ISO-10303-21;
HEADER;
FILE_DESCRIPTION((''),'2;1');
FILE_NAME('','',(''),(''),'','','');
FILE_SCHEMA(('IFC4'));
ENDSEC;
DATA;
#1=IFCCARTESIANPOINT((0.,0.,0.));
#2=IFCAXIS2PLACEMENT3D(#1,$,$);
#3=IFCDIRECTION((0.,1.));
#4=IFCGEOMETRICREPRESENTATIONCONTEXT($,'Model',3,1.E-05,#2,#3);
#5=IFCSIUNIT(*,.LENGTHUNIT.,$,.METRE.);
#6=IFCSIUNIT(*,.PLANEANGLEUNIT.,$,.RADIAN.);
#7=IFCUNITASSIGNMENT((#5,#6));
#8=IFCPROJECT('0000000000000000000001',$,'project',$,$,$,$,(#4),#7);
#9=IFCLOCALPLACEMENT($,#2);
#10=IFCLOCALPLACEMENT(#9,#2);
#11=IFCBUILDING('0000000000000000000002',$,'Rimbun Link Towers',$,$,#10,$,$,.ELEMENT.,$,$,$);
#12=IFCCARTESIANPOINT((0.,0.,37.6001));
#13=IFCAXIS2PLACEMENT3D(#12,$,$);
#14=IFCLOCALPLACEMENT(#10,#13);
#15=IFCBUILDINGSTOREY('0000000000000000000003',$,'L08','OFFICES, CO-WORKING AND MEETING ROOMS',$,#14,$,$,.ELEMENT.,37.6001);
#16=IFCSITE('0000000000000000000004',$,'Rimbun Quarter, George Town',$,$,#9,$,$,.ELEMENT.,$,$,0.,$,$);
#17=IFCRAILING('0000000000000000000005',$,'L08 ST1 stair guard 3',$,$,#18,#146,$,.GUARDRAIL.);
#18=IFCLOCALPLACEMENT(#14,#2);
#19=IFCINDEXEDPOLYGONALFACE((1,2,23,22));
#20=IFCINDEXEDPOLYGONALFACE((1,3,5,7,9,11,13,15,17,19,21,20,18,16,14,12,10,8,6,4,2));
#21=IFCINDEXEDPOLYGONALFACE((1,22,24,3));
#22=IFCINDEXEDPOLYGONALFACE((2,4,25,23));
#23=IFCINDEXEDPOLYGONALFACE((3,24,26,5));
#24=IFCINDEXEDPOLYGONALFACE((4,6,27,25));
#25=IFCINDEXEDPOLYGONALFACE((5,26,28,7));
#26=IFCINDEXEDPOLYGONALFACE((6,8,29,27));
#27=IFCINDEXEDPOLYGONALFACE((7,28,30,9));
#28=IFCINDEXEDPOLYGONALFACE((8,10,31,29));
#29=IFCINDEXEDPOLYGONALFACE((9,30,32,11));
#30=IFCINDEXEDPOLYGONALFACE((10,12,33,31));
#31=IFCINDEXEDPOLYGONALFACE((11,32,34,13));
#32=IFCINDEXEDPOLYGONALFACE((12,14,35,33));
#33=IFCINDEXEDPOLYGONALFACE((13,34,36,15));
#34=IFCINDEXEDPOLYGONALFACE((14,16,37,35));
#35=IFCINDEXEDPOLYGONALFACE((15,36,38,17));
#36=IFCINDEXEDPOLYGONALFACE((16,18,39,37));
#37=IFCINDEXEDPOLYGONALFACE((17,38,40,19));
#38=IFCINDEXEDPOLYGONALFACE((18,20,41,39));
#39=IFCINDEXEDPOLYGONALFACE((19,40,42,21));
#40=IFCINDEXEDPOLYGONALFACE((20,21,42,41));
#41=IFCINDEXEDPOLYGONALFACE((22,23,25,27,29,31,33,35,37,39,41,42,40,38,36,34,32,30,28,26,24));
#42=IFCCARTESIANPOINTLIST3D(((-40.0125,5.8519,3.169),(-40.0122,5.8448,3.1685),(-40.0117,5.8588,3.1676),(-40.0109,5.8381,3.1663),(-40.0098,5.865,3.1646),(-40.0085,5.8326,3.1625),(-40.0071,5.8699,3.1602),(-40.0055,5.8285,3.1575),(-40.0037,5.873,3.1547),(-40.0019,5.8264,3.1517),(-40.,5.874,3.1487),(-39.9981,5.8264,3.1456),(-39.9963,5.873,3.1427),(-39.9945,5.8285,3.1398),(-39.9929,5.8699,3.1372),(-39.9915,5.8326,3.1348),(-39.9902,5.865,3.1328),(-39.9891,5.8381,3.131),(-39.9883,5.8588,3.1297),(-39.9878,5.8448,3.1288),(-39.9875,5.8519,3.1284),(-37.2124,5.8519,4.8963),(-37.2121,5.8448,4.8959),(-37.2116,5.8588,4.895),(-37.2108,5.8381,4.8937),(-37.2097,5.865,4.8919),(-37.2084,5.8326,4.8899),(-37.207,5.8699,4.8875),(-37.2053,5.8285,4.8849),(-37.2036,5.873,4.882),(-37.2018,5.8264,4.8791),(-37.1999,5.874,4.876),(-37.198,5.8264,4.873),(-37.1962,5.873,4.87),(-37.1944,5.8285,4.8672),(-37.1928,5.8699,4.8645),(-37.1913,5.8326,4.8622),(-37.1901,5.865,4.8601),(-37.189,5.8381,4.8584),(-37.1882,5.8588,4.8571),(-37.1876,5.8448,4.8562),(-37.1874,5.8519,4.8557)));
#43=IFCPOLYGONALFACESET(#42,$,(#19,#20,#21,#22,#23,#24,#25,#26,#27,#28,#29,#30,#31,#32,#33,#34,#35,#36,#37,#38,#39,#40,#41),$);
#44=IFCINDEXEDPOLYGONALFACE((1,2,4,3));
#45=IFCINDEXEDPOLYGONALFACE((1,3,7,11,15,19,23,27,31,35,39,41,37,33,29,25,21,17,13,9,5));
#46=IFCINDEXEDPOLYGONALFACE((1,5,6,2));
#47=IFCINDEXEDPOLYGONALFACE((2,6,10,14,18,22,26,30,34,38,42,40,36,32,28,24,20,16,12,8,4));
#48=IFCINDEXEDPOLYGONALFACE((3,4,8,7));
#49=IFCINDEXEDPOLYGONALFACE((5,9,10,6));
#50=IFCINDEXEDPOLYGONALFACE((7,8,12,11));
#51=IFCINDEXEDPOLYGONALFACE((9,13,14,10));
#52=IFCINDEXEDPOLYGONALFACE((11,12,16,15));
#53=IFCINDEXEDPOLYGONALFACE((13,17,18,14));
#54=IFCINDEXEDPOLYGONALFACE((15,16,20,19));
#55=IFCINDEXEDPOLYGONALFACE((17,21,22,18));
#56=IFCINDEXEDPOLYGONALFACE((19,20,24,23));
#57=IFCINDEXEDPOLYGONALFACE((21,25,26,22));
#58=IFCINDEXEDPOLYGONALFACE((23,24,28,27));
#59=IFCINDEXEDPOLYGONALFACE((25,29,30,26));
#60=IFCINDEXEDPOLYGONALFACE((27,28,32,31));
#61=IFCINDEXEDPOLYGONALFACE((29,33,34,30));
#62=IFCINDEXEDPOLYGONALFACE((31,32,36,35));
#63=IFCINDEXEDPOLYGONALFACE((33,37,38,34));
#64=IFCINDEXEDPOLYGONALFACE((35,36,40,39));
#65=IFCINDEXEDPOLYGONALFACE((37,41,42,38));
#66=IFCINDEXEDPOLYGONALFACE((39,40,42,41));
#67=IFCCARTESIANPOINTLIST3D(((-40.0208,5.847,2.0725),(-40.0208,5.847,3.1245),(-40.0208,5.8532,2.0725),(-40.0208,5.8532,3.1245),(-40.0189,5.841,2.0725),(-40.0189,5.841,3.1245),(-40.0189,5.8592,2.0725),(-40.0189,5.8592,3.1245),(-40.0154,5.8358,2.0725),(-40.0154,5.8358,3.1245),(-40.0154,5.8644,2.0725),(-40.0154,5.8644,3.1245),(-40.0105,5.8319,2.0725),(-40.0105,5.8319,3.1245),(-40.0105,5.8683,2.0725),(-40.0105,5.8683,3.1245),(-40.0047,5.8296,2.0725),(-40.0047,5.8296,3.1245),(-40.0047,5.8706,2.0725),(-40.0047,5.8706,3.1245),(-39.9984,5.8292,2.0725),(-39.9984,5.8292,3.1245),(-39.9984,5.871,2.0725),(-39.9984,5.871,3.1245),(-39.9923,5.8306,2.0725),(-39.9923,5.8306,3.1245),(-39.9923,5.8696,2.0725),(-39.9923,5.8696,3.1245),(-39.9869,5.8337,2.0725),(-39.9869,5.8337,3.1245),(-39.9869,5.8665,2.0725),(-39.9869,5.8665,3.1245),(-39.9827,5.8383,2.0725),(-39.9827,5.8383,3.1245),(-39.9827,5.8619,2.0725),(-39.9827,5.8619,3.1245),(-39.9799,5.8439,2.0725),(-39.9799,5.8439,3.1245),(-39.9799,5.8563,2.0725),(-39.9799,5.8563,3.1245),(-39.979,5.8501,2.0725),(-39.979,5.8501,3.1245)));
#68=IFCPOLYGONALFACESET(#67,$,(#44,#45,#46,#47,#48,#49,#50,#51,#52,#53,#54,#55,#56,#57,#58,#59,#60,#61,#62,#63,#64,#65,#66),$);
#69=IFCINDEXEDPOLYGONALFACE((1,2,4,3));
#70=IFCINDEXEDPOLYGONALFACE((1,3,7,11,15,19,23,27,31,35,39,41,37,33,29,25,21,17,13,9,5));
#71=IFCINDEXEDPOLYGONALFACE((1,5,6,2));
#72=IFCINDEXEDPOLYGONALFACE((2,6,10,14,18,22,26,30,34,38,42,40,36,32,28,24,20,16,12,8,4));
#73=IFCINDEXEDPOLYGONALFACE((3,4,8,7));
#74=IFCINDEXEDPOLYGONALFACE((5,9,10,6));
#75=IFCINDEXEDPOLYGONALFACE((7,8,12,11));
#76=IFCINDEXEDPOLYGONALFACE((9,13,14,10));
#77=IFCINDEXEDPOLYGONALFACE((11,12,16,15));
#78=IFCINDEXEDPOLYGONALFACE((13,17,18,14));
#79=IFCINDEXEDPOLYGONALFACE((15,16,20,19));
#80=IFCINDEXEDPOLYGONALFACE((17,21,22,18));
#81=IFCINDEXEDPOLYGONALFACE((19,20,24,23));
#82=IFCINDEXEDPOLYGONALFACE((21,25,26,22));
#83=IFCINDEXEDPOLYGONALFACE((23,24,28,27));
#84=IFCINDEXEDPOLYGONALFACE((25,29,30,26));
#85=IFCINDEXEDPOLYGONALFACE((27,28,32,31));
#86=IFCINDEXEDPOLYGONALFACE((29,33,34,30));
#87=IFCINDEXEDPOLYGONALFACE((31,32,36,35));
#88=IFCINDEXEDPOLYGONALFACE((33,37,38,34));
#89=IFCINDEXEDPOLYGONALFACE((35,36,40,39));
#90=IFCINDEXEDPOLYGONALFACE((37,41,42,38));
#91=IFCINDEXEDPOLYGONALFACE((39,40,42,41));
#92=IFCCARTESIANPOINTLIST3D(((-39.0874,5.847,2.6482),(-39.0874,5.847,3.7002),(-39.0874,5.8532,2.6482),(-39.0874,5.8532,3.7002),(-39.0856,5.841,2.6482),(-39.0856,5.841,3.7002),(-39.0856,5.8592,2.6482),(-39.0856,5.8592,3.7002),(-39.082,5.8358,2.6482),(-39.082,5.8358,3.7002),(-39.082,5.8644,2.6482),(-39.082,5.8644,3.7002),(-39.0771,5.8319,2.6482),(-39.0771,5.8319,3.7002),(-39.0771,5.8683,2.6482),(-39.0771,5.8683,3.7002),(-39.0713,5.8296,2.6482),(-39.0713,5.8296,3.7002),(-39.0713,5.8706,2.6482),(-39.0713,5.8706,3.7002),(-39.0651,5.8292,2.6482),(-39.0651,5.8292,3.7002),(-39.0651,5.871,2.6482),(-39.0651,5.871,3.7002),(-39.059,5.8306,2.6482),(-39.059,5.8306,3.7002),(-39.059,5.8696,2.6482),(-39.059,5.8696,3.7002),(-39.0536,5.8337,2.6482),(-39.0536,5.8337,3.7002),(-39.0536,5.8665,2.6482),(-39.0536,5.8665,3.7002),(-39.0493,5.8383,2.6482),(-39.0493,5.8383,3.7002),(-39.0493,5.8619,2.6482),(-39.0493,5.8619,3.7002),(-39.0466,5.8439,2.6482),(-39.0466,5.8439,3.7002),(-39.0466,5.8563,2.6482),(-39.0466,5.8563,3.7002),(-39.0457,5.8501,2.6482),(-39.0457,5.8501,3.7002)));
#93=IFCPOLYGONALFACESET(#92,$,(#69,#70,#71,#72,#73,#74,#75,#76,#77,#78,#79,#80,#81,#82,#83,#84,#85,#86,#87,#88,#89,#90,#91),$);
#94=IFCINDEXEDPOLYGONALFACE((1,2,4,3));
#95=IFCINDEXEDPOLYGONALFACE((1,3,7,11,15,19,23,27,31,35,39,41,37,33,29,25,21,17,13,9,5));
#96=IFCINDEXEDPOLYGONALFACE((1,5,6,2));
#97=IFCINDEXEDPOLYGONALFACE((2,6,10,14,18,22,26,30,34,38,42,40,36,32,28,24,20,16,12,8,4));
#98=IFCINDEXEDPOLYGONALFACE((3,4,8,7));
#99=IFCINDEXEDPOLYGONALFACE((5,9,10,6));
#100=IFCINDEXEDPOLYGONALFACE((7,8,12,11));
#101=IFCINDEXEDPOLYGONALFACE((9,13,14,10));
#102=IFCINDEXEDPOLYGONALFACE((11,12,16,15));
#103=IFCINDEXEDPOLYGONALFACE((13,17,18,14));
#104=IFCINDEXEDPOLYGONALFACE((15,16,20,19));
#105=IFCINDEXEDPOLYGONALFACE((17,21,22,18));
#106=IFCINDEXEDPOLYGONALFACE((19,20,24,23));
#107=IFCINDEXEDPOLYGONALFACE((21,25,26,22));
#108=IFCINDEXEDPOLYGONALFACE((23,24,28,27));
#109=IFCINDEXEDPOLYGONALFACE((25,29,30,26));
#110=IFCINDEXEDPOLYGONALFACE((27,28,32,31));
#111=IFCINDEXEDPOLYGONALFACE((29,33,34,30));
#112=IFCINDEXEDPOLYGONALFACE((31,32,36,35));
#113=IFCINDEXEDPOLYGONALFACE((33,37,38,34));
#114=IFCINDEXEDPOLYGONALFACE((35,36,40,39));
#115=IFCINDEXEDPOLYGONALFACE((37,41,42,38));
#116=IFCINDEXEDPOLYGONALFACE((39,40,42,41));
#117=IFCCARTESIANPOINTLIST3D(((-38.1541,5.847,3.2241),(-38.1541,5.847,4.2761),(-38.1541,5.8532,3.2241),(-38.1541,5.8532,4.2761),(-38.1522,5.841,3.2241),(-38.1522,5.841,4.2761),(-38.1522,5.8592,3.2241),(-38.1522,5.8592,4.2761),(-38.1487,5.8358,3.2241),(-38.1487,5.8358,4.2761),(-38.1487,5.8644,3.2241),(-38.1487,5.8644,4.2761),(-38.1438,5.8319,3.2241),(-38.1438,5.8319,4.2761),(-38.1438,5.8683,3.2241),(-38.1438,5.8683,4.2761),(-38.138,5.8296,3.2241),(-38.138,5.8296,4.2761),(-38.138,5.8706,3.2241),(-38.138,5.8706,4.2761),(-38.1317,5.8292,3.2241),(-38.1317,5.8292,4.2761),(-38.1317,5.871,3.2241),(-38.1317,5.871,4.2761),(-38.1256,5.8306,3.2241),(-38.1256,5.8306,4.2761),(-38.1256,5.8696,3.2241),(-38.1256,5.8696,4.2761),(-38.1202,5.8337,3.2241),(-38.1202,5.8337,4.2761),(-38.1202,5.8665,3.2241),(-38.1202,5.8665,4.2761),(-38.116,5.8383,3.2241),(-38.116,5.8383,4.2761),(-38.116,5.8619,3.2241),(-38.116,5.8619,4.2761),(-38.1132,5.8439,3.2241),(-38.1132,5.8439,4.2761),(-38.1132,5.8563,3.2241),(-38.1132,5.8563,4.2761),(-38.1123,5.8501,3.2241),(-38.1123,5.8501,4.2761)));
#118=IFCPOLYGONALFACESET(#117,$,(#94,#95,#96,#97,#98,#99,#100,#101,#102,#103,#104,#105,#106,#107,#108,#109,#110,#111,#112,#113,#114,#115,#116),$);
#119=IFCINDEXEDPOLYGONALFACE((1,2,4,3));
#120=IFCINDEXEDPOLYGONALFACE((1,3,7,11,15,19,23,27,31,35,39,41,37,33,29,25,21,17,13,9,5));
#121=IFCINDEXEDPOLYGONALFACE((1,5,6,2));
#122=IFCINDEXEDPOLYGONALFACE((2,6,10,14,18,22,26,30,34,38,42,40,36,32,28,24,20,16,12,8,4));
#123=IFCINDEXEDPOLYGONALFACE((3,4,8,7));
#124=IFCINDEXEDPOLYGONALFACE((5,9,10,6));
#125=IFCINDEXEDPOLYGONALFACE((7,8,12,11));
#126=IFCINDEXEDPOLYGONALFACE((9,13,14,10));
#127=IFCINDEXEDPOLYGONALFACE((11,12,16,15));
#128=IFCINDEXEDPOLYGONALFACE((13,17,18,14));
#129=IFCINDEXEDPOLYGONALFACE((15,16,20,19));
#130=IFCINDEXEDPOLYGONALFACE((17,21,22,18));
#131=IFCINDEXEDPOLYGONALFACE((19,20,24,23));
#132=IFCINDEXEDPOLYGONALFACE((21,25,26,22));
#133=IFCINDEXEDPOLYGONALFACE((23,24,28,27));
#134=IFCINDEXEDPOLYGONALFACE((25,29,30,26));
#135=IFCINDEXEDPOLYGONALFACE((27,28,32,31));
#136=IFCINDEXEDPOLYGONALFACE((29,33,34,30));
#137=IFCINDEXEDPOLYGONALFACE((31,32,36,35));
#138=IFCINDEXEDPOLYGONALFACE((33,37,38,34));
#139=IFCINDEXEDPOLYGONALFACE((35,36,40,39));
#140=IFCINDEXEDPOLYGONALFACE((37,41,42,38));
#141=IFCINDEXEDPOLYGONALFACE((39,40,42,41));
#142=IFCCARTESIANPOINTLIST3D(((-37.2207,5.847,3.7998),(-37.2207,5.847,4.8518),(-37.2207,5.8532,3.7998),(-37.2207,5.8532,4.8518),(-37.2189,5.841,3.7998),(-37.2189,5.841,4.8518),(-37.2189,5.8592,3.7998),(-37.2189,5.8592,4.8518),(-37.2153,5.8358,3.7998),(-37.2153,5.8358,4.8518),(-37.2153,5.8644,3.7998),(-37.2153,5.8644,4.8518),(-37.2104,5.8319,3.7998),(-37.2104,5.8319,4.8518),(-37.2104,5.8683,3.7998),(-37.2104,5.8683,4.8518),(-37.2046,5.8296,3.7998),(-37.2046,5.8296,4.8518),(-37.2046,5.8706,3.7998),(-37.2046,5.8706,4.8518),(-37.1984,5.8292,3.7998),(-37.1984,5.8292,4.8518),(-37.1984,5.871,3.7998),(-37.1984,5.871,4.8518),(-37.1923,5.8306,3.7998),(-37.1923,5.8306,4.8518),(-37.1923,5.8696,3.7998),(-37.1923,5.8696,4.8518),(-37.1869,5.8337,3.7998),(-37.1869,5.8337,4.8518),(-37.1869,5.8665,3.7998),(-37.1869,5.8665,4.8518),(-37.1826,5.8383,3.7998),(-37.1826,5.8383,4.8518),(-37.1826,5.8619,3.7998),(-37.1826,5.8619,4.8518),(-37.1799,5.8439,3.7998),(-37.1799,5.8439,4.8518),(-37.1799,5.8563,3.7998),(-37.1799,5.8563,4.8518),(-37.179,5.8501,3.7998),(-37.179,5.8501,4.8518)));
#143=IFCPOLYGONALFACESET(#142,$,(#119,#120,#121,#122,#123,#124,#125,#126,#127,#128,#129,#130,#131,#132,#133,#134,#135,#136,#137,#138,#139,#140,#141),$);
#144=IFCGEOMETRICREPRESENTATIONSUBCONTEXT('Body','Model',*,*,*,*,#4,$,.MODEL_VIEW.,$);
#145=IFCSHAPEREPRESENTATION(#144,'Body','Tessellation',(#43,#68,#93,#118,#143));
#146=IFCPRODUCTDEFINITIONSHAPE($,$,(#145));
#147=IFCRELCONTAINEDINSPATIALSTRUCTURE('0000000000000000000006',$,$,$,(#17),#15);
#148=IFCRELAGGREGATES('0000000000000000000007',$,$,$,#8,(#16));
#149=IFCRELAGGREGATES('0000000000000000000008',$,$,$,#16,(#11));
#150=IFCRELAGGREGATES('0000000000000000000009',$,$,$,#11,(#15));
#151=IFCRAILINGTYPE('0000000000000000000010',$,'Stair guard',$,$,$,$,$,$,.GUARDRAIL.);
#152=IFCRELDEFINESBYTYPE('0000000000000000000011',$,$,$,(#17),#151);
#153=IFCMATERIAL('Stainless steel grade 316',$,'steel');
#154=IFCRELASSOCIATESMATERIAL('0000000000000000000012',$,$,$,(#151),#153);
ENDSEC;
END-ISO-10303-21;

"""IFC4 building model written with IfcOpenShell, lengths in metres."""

from ifc_helpers import new_model, si_unit, direction, frame, origin, origin_2d, place, context, subcontext, project, spatial, circle, extrude, material, type_object, element, save


model = new_model("IFC4")

# Units and contexts
model_context = context("Model", 3, precision=1e-05, world=origin(), true_north=direction((0.0, 1.0)))
body_context = subcontext(model_context, "Body", "Model", "MODEL_VIEW")
ifc_project = project(units=[si_unit("LENGTHUNIT", "METRE"), si_unit("PLANEANGLEUNIT", "RADIAN")], contexts=[model_context])

# Site, building, storey
site_placement = place(None, origin())
site = spatial("IfcSite", under=ifc_project, at=site_placement, Name="Rimbun Quarter, George Town", CompositionType="ELEMENT", RefElevation=0.0)
building_placement = place(site_placement, origin())
building = spatial("IfcBuilding", under=site, at=building_placement, Name="Rimbun Link Towers", CompositionType="ELEMENT")
storey_placement = place(building_placement, frame((0.0, 0.0, 37.6001)))
storey = spatial("IfcBuildingStorey", under=building, at=storey_placement, Name="L08", Description="OFFICES, CO-WORKING AND MEETING ROOMS", CompositionType="ELEMENT", Elevation=37.6001)

# Railing
ifc_material_1 = material(Name="Stainless steel grade 316", Category="steel")
railing_type_1 = type_object("IfcRailingType", Name="Stair guard", PredefinedType="GUARDRAIL", material=ifc_material_1)
railing_1_placement = place(storey_placement, frame((-40.0, 5.8501, 2.0725)))
element("IfcRailing", 1, at=railing_1_placement, inside=storey, type_object=railing_type_1, Name="L08 ST1 stair guard 3", PredefinedType="GUARDRAIL", context=body_context, shape_type="SweptSolid", body=[
    extrude(circle(Radius=0.0239, at=origin_2d()), frame((0.0, 0.0, 1.0762), z_axis=(0.85109, 0.0, 0.52502), x_axis=(0.0, 1.0, 0.0)), (0.0, 0.0, 1.0), 3.29),
    extrude(circle(Radius=0.021, at=origin_2d()), origin(), (0.0, 0.0, 1.0), 1.052),
    extrude(circle(Radius=0.021, at=origin_2d()), frame((0.9333, 0.0, 0.5757)), (0.0, 0.0, 1.0), 1.052),
    extrude(circle(Radius=0.021, at=origin_2d()), frame((1.8667, 0.0, 1.1516)), (0.0, 0.0, 1.0), 1.052),
    extrude(circle(Radius=0.021, at=origin_2d()), frame((2.8, 0.0, 1.7273)), (0.0, 0.0, 1.0), 1.052),
])

save(model, "model.ifc")
